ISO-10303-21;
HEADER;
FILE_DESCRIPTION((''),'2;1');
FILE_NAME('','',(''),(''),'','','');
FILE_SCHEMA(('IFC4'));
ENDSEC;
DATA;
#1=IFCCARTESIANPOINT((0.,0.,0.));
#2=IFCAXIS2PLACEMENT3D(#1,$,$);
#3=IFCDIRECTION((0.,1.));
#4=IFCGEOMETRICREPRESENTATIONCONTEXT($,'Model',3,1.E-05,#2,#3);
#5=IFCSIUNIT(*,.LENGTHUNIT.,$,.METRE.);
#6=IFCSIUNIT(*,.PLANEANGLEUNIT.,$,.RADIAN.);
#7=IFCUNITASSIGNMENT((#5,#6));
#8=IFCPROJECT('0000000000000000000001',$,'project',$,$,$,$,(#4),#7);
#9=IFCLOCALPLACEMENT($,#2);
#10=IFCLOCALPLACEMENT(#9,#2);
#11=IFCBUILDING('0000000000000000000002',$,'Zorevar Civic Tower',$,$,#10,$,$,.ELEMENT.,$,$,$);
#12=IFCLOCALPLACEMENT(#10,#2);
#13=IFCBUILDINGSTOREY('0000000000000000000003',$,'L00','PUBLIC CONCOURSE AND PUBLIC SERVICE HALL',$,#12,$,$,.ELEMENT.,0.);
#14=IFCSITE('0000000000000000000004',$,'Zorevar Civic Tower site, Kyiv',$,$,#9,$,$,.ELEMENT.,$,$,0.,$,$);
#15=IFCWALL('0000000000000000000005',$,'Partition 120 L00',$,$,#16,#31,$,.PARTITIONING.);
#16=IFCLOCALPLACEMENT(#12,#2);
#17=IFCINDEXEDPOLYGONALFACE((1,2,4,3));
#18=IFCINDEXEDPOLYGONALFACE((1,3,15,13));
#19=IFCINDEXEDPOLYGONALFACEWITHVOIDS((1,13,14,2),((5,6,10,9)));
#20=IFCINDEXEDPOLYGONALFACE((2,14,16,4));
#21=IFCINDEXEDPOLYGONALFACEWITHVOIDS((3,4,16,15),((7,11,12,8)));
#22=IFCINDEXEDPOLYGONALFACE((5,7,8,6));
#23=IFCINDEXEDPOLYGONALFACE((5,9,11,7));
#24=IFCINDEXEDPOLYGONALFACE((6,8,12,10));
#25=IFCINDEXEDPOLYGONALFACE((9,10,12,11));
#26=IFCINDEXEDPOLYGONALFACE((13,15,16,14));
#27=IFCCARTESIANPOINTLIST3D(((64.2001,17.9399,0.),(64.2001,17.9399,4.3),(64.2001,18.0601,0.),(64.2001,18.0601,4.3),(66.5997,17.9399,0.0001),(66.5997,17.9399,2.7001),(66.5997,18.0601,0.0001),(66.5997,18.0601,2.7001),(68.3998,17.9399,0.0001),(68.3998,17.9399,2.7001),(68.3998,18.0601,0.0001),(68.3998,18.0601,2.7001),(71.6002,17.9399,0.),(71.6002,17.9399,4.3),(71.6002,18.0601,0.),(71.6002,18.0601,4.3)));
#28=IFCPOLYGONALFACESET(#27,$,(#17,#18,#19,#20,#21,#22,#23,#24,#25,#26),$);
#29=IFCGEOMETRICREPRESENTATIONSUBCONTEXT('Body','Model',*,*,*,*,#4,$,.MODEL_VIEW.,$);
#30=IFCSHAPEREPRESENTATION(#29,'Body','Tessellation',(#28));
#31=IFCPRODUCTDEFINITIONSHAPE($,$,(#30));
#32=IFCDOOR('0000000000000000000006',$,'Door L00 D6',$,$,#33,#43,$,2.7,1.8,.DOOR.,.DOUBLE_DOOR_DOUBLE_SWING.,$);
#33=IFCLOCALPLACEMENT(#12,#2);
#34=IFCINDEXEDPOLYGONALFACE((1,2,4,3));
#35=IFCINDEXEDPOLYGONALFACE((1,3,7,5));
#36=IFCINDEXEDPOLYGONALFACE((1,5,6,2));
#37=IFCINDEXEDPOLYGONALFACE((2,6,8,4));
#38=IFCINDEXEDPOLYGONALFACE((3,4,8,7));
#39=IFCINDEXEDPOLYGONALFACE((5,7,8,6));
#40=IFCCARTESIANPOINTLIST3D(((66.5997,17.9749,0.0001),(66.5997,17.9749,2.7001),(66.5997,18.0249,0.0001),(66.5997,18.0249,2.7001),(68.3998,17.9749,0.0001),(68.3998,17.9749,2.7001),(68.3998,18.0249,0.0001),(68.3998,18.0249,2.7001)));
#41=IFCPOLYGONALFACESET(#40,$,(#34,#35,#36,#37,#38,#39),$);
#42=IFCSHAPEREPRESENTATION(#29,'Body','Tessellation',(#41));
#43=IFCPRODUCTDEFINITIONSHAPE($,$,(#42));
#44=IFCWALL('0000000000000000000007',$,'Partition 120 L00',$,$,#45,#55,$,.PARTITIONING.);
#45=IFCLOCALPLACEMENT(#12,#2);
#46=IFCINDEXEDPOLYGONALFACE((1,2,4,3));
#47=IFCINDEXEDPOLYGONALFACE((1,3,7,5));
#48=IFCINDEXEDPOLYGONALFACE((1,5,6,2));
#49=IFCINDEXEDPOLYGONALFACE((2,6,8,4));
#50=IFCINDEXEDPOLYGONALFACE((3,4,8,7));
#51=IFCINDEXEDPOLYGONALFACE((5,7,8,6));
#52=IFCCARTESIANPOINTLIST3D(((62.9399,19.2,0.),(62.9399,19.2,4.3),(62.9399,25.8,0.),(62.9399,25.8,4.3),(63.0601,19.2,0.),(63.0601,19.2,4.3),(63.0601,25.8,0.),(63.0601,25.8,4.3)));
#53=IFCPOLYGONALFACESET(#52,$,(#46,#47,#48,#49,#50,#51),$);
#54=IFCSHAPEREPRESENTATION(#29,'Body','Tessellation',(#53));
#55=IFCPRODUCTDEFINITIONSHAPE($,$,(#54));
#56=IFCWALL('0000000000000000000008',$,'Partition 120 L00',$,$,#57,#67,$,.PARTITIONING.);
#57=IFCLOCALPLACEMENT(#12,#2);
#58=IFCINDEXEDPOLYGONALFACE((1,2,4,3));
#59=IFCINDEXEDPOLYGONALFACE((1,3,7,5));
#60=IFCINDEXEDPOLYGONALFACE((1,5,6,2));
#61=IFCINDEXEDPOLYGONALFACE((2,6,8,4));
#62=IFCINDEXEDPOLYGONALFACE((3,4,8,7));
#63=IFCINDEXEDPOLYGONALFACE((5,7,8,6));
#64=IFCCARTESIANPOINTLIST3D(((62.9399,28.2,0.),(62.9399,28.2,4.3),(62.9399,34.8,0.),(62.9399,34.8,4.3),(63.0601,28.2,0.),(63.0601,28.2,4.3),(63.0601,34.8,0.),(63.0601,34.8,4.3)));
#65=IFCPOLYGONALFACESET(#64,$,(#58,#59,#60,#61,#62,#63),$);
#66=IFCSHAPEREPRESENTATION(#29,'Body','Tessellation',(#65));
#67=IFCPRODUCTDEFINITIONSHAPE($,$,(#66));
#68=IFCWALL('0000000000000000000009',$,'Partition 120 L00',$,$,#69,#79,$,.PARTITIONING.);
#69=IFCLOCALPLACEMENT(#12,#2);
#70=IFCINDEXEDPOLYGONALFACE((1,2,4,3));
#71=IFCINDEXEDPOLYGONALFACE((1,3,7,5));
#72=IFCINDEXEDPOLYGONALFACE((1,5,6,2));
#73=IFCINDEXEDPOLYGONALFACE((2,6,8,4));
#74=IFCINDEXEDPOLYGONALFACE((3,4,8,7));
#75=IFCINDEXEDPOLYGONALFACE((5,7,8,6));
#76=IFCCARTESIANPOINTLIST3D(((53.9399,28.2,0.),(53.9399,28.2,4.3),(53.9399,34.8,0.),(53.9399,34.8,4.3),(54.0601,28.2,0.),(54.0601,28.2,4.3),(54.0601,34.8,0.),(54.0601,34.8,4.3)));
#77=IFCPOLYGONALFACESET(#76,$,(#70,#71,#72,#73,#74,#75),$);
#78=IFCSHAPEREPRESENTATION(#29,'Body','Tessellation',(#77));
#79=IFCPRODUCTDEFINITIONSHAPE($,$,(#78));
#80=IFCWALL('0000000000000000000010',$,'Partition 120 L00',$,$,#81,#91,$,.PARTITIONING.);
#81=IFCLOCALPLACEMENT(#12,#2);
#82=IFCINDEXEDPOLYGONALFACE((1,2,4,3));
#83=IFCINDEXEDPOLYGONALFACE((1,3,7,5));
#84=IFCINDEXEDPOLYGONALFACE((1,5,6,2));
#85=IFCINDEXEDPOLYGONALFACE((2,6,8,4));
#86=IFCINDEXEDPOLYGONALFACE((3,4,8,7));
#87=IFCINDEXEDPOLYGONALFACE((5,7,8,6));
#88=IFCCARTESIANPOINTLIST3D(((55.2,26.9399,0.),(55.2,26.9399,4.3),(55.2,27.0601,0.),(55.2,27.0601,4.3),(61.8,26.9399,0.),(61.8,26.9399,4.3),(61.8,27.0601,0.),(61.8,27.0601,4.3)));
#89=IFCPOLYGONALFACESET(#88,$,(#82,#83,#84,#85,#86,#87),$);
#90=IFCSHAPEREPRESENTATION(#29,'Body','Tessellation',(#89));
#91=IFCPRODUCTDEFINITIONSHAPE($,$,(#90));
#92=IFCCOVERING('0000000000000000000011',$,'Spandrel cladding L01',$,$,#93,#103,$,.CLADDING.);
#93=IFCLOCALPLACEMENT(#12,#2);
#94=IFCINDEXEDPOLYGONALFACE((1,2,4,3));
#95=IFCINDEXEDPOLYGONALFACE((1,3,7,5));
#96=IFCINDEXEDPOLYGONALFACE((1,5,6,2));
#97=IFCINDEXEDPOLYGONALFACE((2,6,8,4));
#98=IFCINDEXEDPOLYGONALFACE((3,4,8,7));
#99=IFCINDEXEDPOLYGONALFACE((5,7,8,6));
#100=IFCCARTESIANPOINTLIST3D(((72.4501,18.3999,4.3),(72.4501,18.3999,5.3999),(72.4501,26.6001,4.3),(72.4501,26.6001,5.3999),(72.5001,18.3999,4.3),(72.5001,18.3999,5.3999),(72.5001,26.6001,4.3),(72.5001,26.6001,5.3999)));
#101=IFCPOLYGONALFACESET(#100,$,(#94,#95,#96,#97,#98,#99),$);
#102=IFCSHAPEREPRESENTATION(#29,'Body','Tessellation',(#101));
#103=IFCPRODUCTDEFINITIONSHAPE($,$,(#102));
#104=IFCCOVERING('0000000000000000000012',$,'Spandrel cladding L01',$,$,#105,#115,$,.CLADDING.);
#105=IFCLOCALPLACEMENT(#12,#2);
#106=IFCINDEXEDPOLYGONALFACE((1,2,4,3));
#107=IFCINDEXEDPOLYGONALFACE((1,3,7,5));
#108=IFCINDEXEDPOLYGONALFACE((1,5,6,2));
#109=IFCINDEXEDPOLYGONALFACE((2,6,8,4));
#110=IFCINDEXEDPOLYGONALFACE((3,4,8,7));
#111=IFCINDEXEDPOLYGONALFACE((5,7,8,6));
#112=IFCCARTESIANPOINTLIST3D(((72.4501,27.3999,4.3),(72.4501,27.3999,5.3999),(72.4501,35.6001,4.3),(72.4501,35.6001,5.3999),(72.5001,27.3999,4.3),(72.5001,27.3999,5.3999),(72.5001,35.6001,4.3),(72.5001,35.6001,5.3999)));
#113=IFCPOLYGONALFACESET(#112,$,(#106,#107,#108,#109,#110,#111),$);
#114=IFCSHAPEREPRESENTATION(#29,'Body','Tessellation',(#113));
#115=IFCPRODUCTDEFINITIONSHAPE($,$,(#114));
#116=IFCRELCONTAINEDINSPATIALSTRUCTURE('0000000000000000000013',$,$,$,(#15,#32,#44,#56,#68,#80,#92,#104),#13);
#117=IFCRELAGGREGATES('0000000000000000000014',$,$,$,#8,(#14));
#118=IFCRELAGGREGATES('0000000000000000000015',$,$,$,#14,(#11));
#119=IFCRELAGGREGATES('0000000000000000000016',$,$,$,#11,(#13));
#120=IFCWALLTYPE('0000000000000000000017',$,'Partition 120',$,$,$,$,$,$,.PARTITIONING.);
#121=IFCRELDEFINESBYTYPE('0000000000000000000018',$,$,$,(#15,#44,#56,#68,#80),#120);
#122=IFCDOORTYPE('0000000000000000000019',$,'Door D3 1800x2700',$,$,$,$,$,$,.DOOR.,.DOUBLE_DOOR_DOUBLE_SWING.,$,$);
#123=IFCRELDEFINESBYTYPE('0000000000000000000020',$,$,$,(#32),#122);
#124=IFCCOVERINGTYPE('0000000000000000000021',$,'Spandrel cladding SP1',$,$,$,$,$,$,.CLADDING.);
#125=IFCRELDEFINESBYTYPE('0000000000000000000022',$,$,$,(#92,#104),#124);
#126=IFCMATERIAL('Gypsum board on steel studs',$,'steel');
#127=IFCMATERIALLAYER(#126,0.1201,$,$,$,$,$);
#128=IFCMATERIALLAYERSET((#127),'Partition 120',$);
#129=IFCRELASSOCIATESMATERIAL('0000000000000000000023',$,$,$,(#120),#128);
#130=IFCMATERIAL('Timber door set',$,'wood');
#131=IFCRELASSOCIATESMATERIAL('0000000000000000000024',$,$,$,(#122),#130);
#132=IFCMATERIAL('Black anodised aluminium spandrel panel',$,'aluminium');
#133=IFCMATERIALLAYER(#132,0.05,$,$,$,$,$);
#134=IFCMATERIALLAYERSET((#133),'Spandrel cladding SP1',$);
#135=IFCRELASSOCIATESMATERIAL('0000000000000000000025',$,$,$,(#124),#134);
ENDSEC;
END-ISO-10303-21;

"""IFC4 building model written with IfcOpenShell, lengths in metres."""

from ifc_helpers import new_model, si_unit, direction, frame, frame_2d, origin, place, context, subcontext, project, spatial, rectangle, extrude, material, layer, layer_set, type_object, element, fill, save


model = new_model("IFC4")

# Units and contexts
model_context = context("Model", 3, precision=1e-05, world=origin(), true_north=direction((0.0, 1.0)))
body_context = subcontext(model_context, "Body", "Model", "MODEL_VIEW")
ifc_project = project(units=[si_unit("LENGTHUNIT", "METRE"), si_unit("PLANEANGLEUNIT", "RADIAN")], contexts=[model_context])

# Site, building, storey
site_placement = place(None, origin())
site = spatial("IfcSite", under=ifc_project, at=site_placement, Name="Zorevar Civic Tower site, Kyiv", CompositionType="ELEMENT", RefElevation=0.0)
building_placement = place(site_placement, origin())
building = spatial("IfcBuilding", under=site, at=building_placement, Name="Zorevar Civic Tower", CompositionType="ELEMENT")
storey_placement = place(building_placement, origin())
storey = spatial("IfcBuildingStorey", under=building, at=storey_placement, Name="L00", Description="PUBLIC CONCOURSE AND PUBLIC SERVICE HALL", CompositionType="ELEMENT", Elevation=0.0)

# Wall, opening, door
ifc_material_1 = material(Name="Gypsum board on steel studs", Category="steel")
ifc_layer_1 = layer(ifc_material_1, 0.1201)
ifc_layer_set_1 = layer_set([ifc_layer_1], Name="Partition 120")
wall_type = type_object("IfcWallType", Name="Partition 120", PredefinedType="PARTITIONING", material=ifc_layer_set_1)
wall_1_placement = place(storey_placement, frame((64.2, 18.0, 0.0), z_axis=(0.0, 0.0, 1.0), x_axis=(1.0, 0.0, 0.0)))
wall_1 = element("IfcWall", 1, at=wall_1_placement, inside=storey, type_object=wall_type, Name="Partition 120 L00", PredefinedType="PARTITIONING", context=body_context, shape_type="SweptSolid", body=[
    extrude(rectangle(XDim=7.4001, YDim=0.1201, at=frame_2d((3.7002, 0.0))), origin(), (0.0, 0.0, 1.0), 4.3),
])
opening_1_placement = place(wall_1_placement, frame((2.3999, 0.0, 0.0)))
opening_1 = element("IfcOpeningElement", 2, at=opening_1_placement, cuts=wall_1, PredefinedType="OPENING", context=body_context, shape_type="SweptSolid", body=[
    extrude(rectangle(XDim=1.8, YDim=2.7, at=frame_2d((0.8999, 1.3501))), frame((0.0, 0.0701, 0.0), z_axis=(0.0, -1.0, 0.0), x_axis=(1.0, 0.0, 0.0)), (0.0, 0.0, 1.0), 0.1401),
])
ifc_material_2 = material(Name="Timber door set", Category="wood")
door_type_1 = type_object("IfcDoorType", Name="Door D3 1800x2700", OperationType="DOUBLE_DOOR_DOUBLE_SWING", PredefinedType="DOOR", material=ifc_material_2)
door_1_placement = place(opening_1_placement, origin())
door_1 = element("IfcDoor", 3, at=door_1_placement, inside=storey, type_object=door_type_1, Name="Door L00 D6", OperationType="DOUBLE_DOOR_DOUBLE_SWING", OverallHeight=2.7, OverallWidth=1.8, PredefinedType="DOOR", context=body_context, shape_type="SweptSolid", body=[
    extrude(rectangle(XDim=1.8, YDim=2.7, at=frame_2d((0.8999, 1.3501))), frame((0.0, 0.0249, 0.0), z_axis=(0.0, -1.0, 0.0), x_axis=(1.0, 0.0, 0.0)), (0.0, 0.0, 1.0), 0.05),
])
fill(opening_1, door_1)

# Walls
for number, where, z_axis, x_axis, name in (
    (4, (63.0, 19.2, 0.0), (0.0, 0.0, 1.0), (0.0, 1.0, 0.0), "Partition 120 L00"),
    (5, (63.0, 28.2, 0.0), (0.0, 0.0, 1.0), (0.0, 1.0, 0.0), "Partition 120 L00"),
    (6, (54.0, 28.2, 0.0), (0.0, 0.0, 1.0), (0.0, 1.0, 0.0), "Partition 120 L00"),
    (7, (55.2, 27.0, 0.0), (0.0, 0.0, 1.0), (1.0, 0.0, 0.0), "Partition 120 L00"),
):
    element("IfcWall", number, at=place(storey_placement, frame(where, z_axis=z_axis, x_axis=x_axis)), inside=storey, type_object=wall_type, Name=name, PredefinedType="PARTITIONING", context=body_context, shape_type="SweptSolid", body=[
        extrude(rectangle(XDim=6.6001, YDim=0.1201, at=frame_2d((3.3, 0.0))), origin(), (0.0, 0.0, 1.0), 4.3),
    ])

# Coverings
ifc_material_3 = material(Name="Black anodised aluminium spandrel panel", Category="aluminium")
ifc_layer_2 = layer(ifc_material_3, 0.05)
ifc_layer_set_2 = layer_set([ifc_layer_2], Name="Spandrel cladding SP1")
covering_type = type_object("IfcCoveringType", Name="Spandrel cladding SP1", PredefinedType="CLADDING", material=ifc_layer_set_2)
for number, where, z_axis, x_axis, name in (
    (8, (72.4751, 18.3999, 4.3), (0.0, 0.0, 1.0), (0.0, 1.0, 0.0), "Spandrel cladding L01"),
    (9, (72.4751, 27.3999, 4.3), (0.0, 0.0, 1.0), (0.0, 1.0, 0.0), "Spandrel cladding L01"),
):
    element("IfcCovering", number, at=place(storey_placement, frame(where, z_axis=z_axis, x_axis=x_axis)), inside=storey, type_object=covering_type, Name=name, PredefinedType="CLADDING", context=body_context, shape_type="SweptSolid", body=[
        extrude(rectangle(XDim=8.2002, YDim=0.05, at=frame_2d((4.1001, 0.0))), origin(), (0.0, 0.0, 1.0), 1.0999),
    ])

save(model, "model.ifc")
